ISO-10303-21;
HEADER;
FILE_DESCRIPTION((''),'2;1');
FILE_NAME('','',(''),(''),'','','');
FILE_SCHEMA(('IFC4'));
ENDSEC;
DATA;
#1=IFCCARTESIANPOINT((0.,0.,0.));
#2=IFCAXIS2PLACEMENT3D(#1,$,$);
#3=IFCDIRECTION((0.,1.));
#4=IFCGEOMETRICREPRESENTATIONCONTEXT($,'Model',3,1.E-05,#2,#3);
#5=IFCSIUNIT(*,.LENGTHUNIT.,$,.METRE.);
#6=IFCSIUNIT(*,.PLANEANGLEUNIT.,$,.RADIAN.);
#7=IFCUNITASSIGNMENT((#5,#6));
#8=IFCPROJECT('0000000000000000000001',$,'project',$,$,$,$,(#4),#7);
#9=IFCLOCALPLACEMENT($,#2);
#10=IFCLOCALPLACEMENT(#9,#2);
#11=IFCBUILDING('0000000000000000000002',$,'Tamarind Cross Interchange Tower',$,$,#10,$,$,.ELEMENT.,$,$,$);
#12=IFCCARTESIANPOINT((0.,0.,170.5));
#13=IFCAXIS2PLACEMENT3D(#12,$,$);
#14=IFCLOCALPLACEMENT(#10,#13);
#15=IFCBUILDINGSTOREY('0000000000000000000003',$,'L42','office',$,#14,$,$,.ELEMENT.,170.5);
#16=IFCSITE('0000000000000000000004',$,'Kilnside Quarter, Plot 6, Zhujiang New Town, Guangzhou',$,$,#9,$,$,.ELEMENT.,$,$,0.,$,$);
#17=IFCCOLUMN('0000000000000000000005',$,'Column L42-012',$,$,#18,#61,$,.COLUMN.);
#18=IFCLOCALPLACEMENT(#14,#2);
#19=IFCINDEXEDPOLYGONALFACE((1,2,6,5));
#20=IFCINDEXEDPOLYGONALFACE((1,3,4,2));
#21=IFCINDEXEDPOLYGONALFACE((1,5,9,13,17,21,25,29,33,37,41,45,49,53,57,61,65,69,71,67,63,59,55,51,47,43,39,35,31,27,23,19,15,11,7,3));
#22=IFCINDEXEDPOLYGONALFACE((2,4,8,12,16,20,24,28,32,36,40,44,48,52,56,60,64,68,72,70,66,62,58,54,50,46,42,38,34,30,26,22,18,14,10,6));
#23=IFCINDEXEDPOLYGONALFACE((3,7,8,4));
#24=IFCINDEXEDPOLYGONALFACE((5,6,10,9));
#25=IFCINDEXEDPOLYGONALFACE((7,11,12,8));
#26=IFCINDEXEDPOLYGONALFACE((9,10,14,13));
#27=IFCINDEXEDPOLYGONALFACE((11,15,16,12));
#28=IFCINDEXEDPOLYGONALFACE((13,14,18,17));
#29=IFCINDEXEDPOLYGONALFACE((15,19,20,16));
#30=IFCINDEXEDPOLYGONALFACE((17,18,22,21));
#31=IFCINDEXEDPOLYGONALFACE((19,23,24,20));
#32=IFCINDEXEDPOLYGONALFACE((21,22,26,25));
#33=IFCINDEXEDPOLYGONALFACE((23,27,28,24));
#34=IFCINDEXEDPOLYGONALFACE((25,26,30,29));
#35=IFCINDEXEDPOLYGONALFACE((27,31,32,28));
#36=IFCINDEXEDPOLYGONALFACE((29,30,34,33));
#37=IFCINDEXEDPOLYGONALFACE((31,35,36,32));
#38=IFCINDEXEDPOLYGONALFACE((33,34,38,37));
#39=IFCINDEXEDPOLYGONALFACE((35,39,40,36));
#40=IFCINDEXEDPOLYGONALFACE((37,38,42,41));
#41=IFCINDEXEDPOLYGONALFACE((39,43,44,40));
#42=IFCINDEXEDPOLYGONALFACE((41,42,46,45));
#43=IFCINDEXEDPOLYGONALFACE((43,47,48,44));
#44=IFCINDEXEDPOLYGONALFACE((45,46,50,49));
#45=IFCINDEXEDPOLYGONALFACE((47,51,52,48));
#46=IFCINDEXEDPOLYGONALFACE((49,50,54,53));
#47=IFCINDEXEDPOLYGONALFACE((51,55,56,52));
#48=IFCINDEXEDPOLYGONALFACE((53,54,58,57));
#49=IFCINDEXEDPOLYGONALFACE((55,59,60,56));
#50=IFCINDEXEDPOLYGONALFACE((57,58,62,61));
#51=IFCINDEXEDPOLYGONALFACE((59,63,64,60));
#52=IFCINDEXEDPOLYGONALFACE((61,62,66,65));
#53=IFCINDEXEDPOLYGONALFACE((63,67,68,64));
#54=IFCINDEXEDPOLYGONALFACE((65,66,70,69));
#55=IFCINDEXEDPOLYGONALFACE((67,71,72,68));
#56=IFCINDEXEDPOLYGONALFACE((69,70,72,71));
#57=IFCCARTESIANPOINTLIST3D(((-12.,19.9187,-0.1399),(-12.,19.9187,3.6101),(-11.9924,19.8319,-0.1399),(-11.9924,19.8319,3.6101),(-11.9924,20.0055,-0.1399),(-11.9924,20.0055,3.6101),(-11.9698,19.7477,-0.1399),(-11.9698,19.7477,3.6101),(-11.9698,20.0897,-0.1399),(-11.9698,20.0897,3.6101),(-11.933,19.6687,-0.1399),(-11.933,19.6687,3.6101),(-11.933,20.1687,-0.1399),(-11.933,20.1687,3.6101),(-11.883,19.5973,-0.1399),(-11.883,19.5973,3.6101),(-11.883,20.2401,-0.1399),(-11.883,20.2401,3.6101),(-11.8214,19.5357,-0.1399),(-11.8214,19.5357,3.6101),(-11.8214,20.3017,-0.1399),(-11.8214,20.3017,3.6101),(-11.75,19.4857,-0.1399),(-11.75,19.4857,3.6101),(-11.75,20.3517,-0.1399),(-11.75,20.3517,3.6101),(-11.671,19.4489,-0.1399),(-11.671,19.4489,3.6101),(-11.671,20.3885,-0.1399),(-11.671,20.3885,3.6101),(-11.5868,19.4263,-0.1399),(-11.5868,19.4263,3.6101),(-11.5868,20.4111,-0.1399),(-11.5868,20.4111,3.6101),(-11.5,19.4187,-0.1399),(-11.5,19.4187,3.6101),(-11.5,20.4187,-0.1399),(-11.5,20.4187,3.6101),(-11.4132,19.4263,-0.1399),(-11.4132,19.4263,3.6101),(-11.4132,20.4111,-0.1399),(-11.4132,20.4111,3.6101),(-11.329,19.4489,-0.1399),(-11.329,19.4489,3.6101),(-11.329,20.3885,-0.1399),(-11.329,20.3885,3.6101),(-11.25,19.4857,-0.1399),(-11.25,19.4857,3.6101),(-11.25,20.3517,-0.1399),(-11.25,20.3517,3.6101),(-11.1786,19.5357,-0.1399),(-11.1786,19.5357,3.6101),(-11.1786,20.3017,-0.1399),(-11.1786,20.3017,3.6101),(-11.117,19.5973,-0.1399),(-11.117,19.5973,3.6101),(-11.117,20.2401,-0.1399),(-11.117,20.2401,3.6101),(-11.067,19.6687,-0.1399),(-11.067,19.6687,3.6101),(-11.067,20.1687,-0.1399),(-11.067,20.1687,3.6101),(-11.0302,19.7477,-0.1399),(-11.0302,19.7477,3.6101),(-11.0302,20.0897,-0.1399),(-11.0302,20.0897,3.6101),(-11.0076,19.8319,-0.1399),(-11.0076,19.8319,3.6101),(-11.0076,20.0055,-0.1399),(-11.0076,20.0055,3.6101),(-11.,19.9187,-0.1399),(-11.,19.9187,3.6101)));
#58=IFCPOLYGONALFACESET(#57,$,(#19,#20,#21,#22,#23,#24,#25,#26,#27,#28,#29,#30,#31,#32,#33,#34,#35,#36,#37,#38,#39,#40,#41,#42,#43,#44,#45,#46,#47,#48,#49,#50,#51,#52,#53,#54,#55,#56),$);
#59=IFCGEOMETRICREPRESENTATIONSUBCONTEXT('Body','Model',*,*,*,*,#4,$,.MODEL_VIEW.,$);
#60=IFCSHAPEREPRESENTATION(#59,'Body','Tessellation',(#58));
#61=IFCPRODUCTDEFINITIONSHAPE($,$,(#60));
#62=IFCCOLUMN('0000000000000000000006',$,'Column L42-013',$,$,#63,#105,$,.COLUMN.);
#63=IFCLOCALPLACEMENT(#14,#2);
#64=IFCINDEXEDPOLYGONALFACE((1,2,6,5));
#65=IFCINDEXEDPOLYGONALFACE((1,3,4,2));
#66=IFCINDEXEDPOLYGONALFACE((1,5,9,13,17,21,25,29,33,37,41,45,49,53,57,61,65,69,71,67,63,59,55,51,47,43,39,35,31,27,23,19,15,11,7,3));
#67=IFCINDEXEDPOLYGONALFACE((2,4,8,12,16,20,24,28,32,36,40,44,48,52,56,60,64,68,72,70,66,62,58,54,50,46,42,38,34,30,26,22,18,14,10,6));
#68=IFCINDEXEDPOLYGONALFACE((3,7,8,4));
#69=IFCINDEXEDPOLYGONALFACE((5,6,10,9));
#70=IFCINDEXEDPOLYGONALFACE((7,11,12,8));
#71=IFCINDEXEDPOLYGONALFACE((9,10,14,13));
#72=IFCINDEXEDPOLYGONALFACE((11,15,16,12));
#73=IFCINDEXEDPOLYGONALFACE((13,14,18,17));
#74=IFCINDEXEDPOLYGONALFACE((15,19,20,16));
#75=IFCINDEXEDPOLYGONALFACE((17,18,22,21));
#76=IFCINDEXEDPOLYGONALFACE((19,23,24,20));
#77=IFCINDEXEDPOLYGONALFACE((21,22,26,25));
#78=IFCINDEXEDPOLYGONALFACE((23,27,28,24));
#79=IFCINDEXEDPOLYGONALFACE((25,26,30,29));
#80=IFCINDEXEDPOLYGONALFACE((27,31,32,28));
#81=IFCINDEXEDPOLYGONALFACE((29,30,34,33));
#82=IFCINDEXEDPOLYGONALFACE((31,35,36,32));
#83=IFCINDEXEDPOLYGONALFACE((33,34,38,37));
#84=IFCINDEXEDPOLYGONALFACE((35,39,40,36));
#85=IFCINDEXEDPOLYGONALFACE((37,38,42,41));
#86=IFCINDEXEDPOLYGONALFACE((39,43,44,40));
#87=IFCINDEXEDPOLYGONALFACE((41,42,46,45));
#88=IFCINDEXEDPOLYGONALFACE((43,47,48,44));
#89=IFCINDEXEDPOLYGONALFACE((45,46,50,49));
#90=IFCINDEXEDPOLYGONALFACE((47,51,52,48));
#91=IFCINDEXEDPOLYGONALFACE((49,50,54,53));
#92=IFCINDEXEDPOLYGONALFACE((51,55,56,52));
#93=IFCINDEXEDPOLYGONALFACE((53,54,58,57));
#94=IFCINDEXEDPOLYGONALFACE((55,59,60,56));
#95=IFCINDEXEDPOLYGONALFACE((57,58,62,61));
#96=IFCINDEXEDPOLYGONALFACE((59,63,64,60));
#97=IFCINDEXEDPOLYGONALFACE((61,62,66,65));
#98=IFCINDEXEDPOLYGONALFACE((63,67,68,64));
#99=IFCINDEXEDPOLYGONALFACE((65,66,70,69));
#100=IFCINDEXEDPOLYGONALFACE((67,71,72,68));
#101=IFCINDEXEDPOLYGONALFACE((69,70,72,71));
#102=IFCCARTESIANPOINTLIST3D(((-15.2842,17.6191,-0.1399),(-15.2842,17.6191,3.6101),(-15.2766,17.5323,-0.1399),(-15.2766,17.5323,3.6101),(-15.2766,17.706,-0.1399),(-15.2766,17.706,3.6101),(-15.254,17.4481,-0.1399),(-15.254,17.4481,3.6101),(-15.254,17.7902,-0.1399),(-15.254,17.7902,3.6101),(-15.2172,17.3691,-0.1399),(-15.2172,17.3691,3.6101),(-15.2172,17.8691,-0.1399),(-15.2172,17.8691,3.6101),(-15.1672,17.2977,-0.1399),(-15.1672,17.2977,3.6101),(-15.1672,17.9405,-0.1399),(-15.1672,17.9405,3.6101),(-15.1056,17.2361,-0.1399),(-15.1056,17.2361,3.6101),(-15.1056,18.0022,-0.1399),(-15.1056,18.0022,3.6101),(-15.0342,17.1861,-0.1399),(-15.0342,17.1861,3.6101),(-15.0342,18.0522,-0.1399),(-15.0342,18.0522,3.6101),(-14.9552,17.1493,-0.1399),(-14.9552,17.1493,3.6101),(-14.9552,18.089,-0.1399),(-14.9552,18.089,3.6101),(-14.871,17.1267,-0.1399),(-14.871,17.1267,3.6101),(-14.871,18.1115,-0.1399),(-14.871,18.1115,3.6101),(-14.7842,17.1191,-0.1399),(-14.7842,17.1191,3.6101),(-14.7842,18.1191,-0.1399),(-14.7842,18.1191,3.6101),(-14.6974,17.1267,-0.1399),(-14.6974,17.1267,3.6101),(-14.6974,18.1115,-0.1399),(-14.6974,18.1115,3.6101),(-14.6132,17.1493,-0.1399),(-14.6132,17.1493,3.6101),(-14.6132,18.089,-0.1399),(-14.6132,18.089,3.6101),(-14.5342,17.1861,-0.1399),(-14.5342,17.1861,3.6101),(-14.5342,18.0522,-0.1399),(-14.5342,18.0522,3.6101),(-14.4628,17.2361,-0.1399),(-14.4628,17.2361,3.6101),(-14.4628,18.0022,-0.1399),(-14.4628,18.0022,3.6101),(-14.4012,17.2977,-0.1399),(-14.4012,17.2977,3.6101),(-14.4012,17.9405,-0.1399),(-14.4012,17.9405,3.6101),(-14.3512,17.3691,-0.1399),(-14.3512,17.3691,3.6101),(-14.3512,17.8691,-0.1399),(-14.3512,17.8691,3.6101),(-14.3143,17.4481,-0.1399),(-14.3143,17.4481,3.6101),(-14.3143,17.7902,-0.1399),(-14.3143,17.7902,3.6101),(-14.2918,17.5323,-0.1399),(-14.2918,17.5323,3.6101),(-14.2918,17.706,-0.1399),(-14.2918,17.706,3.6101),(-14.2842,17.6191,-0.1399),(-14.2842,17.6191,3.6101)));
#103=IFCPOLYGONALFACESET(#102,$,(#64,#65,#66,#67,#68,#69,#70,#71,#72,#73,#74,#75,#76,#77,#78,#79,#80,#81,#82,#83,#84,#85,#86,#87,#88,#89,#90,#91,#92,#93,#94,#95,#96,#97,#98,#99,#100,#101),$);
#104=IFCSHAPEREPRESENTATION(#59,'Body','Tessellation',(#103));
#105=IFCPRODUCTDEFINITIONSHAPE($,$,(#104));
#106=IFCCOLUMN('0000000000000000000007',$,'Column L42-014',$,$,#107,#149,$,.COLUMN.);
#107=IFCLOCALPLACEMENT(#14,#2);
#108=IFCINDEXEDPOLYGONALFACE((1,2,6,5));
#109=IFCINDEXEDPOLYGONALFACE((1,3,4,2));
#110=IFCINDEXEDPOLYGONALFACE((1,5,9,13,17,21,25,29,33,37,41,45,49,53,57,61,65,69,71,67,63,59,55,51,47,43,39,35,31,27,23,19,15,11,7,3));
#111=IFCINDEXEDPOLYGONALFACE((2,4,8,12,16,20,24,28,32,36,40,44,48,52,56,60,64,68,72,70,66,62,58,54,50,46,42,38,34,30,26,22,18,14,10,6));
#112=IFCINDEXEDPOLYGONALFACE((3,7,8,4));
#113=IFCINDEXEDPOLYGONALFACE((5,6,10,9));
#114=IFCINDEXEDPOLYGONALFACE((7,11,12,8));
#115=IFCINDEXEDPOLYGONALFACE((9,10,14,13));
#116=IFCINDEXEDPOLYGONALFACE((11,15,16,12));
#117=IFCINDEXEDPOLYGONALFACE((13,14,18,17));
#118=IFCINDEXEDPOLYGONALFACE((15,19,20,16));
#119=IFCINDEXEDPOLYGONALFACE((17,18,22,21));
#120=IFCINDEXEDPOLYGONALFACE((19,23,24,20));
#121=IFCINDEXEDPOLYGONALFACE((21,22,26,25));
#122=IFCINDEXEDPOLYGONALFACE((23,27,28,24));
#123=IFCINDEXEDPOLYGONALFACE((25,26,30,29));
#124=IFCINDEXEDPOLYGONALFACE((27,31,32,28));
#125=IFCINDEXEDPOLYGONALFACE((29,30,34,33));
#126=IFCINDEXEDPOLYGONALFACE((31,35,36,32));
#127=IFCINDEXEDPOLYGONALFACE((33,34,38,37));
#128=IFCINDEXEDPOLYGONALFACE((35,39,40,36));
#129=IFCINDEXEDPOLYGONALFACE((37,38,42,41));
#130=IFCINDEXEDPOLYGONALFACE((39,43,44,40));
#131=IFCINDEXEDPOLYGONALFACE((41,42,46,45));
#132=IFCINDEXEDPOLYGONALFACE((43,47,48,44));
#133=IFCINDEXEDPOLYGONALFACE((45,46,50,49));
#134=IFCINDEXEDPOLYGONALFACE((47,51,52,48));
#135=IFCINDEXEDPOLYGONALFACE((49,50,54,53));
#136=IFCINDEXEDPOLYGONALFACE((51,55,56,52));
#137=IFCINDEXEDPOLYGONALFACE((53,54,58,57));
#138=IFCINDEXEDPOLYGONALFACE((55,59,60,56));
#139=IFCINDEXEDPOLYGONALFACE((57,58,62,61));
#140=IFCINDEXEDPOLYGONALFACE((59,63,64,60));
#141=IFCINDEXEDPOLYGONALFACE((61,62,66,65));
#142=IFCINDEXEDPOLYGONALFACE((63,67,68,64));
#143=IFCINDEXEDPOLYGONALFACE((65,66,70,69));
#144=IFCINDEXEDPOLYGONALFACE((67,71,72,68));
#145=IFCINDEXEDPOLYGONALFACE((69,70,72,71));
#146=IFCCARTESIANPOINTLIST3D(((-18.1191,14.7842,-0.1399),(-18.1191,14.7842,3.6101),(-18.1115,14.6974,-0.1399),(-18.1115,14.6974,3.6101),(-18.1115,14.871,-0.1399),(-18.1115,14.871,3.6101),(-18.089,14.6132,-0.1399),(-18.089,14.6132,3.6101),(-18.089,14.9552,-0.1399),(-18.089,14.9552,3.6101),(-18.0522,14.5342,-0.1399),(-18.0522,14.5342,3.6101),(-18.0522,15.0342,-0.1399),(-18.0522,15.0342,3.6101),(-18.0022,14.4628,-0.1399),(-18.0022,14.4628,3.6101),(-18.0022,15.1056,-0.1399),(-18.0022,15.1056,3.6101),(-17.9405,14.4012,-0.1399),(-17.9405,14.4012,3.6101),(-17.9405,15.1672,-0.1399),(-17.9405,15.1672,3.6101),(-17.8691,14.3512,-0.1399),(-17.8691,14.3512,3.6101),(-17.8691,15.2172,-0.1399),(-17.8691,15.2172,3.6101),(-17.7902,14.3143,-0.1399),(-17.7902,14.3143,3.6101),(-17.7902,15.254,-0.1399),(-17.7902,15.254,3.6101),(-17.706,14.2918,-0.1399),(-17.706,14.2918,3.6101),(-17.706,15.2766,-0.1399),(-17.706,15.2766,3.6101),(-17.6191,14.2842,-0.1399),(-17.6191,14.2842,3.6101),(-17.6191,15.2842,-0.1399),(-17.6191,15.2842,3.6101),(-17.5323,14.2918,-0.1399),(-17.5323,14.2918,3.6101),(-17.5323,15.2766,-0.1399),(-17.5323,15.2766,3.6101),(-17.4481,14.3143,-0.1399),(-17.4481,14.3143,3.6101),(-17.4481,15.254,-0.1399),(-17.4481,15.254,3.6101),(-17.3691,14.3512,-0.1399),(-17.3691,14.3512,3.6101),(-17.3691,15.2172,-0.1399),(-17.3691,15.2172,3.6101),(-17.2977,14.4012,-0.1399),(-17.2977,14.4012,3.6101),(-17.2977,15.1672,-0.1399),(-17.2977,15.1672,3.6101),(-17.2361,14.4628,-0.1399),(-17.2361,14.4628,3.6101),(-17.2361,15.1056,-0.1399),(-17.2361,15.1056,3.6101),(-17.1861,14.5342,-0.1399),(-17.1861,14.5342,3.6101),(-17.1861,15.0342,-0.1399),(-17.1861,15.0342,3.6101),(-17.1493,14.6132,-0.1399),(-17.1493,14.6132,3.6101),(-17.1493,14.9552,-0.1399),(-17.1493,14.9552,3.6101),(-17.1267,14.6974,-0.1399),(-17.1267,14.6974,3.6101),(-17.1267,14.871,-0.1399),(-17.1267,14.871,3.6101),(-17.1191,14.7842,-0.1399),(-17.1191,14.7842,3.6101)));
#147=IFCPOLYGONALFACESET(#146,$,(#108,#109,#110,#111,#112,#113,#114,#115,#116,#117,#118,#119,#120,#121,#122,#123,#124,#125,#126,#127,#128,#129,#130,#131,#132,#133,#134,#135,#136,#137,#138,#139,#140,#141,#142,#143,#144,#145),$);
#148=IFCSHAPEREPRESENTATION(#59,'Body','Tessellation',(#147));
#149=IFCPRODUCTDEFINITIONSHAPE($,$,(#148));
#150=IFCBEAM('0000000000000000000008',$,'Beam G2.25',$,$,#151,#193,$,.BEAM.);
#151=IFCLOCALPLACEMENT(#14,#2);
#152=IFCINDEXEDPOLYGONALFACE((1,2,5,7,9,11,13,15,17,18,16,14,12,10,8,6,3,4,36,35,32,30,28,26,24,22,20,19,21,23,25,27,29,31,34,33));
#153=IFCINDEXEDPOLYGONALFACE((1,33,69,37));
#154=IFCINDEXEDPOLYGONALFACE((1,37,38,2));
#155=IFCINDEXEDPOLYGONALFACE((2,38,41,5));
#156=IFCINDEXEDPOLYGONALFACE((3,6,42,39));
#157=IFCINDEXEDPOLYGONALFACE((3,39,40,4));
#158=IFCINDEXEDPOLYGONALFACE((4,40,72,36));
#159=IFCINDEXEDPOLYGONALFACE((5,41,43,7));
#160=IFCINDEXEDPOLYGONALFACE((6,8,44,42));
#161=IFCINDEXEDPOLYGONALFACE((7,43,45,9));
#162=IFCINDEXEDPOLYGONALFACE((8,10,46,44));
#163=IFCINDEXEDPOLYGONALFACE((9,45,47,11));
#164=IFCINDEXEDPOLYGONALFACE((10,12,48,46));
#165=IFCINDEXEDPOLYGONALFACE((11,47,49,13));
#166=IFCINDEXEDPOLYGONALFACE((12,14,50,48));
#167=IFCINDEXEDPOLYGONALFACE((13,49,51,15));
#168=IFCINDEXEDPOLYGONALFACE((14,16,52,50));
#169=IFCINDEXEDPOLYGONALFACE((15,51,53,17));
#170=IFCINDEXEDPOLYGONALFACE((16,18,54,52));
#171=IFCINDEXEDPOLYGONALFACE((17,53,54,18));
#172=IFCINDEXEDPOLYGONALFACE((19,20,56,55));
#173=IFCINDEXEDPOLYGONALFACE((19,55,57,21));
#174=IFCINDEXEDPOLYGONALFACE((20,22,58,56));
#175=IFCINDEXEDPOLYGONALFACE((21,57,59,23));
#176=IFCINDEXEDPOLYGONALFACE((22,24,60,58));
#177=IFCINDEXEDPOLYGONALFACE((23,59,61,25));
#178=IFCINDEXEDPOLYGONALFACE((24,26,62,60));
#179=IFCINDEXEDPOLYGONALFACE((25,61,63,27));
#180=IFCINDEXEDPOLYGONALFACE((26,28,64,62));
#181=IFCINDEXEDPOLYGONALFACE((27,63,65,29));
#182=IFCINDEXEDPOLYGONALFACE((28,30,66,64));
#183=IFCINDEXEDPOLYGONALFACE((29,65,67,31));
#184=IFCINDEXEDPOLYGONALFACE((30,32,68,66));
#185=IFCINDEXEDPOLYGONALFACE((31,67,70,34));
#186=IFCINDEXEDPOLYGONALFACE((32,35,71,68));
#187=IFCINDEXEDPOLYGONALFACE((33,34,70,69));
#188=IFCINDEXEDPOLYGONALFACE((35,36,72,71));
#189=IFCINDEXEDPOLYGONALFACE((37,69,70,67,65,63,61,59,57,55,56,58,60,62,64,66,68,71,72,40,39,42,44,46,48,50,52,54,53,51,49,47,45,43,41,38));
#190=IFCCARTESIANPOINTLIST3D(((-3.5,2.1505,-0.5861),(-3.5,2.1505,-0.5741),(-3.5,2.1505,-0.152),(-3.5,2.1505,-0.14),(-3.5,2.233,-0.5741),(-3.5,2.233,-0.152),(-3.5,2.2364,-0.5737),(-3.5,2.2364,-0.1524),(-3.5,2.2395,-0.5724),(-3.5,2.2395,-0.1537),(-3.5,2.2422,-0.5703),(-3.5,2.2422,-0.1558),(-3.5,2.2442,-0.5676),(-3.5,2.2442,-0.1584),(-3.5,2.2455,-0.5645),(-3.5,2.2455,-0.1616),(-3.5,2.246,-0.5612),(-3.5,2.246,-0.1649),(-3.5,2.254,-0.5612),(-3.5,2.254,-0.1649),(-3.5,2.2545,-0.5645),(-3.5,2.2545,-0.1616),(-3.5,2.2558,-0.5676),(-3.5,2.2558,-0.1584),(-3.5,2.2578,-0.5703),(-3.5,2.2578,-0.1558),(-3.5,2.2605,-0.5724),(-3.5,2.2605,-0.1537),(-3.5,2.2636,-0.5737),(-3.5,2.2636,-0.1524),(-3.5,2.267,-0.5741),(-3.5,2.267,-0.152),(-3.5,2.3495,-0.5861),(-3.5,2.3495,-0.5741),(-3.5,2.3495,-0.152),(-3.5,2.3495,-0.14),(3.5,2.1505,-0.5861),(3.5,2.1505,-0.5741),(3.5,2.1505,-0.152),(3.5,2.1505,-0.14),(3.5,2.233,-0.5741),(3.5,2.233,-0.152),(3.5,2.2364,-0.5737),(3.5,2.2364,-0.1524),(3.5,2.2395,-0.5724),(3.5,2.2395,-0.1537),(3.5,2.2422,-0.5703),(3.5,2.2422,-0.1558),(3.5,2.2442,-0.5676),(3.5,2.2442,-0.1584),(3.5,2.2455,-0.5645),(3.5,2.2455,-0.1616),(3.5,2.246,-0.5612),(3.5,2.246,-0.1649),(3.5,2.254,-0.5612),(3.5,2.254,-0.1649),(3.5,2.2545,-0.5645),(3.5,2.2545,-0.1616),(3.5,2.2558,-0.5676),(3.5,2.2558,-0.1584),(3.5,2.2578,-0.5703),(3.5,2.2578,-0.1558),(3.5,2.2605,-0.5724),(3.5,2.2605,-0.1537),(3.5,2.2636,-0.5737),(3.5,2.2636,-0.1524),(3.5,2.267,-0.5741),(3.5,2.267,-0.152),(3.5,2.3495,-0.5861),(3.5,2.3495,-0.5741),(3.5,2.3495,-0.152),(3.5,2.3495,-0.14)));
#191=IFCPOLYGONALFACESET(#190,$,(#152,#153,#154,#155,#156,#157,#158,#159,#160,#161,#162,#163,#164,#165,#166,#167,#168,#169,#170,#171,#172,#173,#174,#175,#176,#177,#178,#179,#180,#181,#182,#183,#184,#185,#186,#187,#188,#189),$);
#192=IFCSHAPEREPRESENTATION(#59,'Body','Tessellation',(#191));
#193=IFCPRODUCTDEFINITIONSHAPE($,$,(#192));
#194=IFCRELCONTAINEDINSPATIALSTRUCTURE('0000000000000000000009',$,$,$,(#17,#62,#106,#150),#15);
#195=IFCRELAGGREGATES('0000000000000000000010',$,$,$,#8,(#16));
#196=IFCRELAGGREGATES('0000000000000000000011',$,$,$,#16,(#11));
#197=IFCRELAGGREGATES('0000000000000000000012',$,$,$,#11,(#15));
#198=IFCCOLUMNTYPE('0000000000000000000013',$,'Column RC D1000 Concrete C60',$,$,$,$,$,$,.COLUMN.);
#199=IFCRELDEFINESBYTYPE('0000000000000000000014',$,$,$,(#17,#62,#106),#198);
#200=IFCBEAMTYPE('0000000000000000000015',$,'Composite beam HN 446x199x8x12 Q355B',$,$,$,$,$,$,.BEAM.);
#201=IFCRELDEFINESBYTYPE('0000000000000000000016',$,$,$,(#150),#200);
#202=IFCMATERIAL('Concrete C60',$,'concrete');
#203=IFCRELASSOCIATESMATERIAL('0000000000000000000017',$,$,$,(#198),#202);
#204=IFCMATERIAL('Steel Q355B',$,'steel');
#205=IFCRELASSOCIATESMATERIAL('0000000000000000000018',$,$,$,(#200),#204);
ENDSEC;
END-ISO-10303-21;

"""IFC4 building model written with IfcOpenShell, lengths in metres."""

from ifc_helpers import new_model, si_unit, direction, frame, origin, origin_2d, place, context, subcontext, project, spatial, circle, i_section, extrude, material, material_profile, profile_set, type_object, element, save


model = new_model("IFC4")

# Units and contexts
model_context = context("Model", 3, precision=1e-05, world=origin(), true_north=direction((0.0, 1.0)))
body_context = subcontext(model_context, "Body", "Model", "MODEL_VIEW")
ifc_project = project(units=[si_unit("LENGTHUNIT", "METRE"), si_unit("PLANEANGLEUNIT", "RADIAN")], contexts=[model_context])

# Site, building, storey
site_placement = place(None, origin())
site = spatial("IfcSite", under=ifc_project, at=site_placement, Name="Kilnside Quarter, Plot 6, Zhujiang New Town, Guangzhou", CompositionType="ELEMENT", RefElevation=0.0)
building_placement = place(site_placement, origin())
building = spatial("IfcBuilding", under=site, at=building_placement, Name="Tamarind Cross Interchange Tower", CompositionType="ELEMENT")
storey_placement = place(building_placement, frame((0.0, 0.0, 170.5)))
storey = spatial("IfcBuildingStorey", under=building, at=storey_placement, Name="L42", Description="office", CompositionType="ELEMENT", Elevation=170.5)

# Columns
ifc_material_1 = material(Name="Concrete C60", Category="concrete")
ifc_material_profile_1 = material_profile(ifc_material_1, circle(Radius=0.5, at=origin_2d()), Name="RC D1000")
ifc_profile_set_1 = profile_set([ifc_material_profile_1], Name="Concrete C60")
column_type = type_object("IfcColumnType", Name="Column RC D1000 Concrete C60", PredefinedType="COLUMN", material=ifc_profile_set_1)
for number, where, z_axis, x_axis, name in (
    (1, (-11.5, 19.9187, -0.1399), (0.0, 0.0, 1.0), (1.0, 0.0, 0.0), "Column L42-012"),
    (2, (-14.7842, 17.6191, -0.1399), (0.0, 0.0, 1.0), (1.0, 0.0, 0.0), "Column L42-013"),
    (3, (-17.6191, 14.7842, -0.1399), (0.0, 0.0, 1.0), (1.0, 0.0, 0.0), "Column L42-014"),
):
    element("IfcColumn", number, at=place(storey_placement, frame(where, z_axis=z_axis, x_axis=x_axis)), inside=storey, type_object=column_type, Name=name, PredefinedType="COLUMN", context=body_context, shape_type="SweptSolid", body=[
        extrude(circle(Radius=0.5, at=origin_2d()), origin(), (0.0, 0.0, 1.0), 3.75),
    ])

# Beam
ifc_material_2 = material(Name="Steel Q355B", Category="steel")
ifc_material_profile_2 = material_profile(ifc_material_2, i_section(OverallWidth=0.199, OverallDepth=0.446, WebThickness=0.0081, FlangeThickness=0.012, FilletRadius=0.0129, at=origin_2d()), Name="HN 446x199x8x12")
ifc_profile_set_2 = profile_set([ifc_material_profile_2], Name="Steel Q355B")
beam_type_1 = type_object("IfcBeamType", Name="Composite beam HN 446x199x8x12 Q355B", PredefinedType="BEAM", material=ifc_profile_set_2)
for number, where, z_axis, x_axis, name in (
    (4, (-3.5, 2.25, -0.363), (1.0, 0.0, 0.0), (0.0, 1.0, 0.0), "Beam G2.25"),
):
    element("IfcBeam", number, at=place(storey_placement, frame(where, z_axis=z_axis, x_axis=x_axis)), inside=storey, type_object=beam_type_1, Name=name, PredefinedType="BEAM", context=body_context, shape_type="SweptSolid", body=[
        extrude(i_section(OverallWidth=0.199, OverallDepth=0.446, WebThickness=0.0081, FlangeThickness=0.012, FilletRadius=0.0129, at=origin_2d()), origin(), (0.0, 0.0, 1.0), 7.0),
    ])

save(model, "model.ifc")
